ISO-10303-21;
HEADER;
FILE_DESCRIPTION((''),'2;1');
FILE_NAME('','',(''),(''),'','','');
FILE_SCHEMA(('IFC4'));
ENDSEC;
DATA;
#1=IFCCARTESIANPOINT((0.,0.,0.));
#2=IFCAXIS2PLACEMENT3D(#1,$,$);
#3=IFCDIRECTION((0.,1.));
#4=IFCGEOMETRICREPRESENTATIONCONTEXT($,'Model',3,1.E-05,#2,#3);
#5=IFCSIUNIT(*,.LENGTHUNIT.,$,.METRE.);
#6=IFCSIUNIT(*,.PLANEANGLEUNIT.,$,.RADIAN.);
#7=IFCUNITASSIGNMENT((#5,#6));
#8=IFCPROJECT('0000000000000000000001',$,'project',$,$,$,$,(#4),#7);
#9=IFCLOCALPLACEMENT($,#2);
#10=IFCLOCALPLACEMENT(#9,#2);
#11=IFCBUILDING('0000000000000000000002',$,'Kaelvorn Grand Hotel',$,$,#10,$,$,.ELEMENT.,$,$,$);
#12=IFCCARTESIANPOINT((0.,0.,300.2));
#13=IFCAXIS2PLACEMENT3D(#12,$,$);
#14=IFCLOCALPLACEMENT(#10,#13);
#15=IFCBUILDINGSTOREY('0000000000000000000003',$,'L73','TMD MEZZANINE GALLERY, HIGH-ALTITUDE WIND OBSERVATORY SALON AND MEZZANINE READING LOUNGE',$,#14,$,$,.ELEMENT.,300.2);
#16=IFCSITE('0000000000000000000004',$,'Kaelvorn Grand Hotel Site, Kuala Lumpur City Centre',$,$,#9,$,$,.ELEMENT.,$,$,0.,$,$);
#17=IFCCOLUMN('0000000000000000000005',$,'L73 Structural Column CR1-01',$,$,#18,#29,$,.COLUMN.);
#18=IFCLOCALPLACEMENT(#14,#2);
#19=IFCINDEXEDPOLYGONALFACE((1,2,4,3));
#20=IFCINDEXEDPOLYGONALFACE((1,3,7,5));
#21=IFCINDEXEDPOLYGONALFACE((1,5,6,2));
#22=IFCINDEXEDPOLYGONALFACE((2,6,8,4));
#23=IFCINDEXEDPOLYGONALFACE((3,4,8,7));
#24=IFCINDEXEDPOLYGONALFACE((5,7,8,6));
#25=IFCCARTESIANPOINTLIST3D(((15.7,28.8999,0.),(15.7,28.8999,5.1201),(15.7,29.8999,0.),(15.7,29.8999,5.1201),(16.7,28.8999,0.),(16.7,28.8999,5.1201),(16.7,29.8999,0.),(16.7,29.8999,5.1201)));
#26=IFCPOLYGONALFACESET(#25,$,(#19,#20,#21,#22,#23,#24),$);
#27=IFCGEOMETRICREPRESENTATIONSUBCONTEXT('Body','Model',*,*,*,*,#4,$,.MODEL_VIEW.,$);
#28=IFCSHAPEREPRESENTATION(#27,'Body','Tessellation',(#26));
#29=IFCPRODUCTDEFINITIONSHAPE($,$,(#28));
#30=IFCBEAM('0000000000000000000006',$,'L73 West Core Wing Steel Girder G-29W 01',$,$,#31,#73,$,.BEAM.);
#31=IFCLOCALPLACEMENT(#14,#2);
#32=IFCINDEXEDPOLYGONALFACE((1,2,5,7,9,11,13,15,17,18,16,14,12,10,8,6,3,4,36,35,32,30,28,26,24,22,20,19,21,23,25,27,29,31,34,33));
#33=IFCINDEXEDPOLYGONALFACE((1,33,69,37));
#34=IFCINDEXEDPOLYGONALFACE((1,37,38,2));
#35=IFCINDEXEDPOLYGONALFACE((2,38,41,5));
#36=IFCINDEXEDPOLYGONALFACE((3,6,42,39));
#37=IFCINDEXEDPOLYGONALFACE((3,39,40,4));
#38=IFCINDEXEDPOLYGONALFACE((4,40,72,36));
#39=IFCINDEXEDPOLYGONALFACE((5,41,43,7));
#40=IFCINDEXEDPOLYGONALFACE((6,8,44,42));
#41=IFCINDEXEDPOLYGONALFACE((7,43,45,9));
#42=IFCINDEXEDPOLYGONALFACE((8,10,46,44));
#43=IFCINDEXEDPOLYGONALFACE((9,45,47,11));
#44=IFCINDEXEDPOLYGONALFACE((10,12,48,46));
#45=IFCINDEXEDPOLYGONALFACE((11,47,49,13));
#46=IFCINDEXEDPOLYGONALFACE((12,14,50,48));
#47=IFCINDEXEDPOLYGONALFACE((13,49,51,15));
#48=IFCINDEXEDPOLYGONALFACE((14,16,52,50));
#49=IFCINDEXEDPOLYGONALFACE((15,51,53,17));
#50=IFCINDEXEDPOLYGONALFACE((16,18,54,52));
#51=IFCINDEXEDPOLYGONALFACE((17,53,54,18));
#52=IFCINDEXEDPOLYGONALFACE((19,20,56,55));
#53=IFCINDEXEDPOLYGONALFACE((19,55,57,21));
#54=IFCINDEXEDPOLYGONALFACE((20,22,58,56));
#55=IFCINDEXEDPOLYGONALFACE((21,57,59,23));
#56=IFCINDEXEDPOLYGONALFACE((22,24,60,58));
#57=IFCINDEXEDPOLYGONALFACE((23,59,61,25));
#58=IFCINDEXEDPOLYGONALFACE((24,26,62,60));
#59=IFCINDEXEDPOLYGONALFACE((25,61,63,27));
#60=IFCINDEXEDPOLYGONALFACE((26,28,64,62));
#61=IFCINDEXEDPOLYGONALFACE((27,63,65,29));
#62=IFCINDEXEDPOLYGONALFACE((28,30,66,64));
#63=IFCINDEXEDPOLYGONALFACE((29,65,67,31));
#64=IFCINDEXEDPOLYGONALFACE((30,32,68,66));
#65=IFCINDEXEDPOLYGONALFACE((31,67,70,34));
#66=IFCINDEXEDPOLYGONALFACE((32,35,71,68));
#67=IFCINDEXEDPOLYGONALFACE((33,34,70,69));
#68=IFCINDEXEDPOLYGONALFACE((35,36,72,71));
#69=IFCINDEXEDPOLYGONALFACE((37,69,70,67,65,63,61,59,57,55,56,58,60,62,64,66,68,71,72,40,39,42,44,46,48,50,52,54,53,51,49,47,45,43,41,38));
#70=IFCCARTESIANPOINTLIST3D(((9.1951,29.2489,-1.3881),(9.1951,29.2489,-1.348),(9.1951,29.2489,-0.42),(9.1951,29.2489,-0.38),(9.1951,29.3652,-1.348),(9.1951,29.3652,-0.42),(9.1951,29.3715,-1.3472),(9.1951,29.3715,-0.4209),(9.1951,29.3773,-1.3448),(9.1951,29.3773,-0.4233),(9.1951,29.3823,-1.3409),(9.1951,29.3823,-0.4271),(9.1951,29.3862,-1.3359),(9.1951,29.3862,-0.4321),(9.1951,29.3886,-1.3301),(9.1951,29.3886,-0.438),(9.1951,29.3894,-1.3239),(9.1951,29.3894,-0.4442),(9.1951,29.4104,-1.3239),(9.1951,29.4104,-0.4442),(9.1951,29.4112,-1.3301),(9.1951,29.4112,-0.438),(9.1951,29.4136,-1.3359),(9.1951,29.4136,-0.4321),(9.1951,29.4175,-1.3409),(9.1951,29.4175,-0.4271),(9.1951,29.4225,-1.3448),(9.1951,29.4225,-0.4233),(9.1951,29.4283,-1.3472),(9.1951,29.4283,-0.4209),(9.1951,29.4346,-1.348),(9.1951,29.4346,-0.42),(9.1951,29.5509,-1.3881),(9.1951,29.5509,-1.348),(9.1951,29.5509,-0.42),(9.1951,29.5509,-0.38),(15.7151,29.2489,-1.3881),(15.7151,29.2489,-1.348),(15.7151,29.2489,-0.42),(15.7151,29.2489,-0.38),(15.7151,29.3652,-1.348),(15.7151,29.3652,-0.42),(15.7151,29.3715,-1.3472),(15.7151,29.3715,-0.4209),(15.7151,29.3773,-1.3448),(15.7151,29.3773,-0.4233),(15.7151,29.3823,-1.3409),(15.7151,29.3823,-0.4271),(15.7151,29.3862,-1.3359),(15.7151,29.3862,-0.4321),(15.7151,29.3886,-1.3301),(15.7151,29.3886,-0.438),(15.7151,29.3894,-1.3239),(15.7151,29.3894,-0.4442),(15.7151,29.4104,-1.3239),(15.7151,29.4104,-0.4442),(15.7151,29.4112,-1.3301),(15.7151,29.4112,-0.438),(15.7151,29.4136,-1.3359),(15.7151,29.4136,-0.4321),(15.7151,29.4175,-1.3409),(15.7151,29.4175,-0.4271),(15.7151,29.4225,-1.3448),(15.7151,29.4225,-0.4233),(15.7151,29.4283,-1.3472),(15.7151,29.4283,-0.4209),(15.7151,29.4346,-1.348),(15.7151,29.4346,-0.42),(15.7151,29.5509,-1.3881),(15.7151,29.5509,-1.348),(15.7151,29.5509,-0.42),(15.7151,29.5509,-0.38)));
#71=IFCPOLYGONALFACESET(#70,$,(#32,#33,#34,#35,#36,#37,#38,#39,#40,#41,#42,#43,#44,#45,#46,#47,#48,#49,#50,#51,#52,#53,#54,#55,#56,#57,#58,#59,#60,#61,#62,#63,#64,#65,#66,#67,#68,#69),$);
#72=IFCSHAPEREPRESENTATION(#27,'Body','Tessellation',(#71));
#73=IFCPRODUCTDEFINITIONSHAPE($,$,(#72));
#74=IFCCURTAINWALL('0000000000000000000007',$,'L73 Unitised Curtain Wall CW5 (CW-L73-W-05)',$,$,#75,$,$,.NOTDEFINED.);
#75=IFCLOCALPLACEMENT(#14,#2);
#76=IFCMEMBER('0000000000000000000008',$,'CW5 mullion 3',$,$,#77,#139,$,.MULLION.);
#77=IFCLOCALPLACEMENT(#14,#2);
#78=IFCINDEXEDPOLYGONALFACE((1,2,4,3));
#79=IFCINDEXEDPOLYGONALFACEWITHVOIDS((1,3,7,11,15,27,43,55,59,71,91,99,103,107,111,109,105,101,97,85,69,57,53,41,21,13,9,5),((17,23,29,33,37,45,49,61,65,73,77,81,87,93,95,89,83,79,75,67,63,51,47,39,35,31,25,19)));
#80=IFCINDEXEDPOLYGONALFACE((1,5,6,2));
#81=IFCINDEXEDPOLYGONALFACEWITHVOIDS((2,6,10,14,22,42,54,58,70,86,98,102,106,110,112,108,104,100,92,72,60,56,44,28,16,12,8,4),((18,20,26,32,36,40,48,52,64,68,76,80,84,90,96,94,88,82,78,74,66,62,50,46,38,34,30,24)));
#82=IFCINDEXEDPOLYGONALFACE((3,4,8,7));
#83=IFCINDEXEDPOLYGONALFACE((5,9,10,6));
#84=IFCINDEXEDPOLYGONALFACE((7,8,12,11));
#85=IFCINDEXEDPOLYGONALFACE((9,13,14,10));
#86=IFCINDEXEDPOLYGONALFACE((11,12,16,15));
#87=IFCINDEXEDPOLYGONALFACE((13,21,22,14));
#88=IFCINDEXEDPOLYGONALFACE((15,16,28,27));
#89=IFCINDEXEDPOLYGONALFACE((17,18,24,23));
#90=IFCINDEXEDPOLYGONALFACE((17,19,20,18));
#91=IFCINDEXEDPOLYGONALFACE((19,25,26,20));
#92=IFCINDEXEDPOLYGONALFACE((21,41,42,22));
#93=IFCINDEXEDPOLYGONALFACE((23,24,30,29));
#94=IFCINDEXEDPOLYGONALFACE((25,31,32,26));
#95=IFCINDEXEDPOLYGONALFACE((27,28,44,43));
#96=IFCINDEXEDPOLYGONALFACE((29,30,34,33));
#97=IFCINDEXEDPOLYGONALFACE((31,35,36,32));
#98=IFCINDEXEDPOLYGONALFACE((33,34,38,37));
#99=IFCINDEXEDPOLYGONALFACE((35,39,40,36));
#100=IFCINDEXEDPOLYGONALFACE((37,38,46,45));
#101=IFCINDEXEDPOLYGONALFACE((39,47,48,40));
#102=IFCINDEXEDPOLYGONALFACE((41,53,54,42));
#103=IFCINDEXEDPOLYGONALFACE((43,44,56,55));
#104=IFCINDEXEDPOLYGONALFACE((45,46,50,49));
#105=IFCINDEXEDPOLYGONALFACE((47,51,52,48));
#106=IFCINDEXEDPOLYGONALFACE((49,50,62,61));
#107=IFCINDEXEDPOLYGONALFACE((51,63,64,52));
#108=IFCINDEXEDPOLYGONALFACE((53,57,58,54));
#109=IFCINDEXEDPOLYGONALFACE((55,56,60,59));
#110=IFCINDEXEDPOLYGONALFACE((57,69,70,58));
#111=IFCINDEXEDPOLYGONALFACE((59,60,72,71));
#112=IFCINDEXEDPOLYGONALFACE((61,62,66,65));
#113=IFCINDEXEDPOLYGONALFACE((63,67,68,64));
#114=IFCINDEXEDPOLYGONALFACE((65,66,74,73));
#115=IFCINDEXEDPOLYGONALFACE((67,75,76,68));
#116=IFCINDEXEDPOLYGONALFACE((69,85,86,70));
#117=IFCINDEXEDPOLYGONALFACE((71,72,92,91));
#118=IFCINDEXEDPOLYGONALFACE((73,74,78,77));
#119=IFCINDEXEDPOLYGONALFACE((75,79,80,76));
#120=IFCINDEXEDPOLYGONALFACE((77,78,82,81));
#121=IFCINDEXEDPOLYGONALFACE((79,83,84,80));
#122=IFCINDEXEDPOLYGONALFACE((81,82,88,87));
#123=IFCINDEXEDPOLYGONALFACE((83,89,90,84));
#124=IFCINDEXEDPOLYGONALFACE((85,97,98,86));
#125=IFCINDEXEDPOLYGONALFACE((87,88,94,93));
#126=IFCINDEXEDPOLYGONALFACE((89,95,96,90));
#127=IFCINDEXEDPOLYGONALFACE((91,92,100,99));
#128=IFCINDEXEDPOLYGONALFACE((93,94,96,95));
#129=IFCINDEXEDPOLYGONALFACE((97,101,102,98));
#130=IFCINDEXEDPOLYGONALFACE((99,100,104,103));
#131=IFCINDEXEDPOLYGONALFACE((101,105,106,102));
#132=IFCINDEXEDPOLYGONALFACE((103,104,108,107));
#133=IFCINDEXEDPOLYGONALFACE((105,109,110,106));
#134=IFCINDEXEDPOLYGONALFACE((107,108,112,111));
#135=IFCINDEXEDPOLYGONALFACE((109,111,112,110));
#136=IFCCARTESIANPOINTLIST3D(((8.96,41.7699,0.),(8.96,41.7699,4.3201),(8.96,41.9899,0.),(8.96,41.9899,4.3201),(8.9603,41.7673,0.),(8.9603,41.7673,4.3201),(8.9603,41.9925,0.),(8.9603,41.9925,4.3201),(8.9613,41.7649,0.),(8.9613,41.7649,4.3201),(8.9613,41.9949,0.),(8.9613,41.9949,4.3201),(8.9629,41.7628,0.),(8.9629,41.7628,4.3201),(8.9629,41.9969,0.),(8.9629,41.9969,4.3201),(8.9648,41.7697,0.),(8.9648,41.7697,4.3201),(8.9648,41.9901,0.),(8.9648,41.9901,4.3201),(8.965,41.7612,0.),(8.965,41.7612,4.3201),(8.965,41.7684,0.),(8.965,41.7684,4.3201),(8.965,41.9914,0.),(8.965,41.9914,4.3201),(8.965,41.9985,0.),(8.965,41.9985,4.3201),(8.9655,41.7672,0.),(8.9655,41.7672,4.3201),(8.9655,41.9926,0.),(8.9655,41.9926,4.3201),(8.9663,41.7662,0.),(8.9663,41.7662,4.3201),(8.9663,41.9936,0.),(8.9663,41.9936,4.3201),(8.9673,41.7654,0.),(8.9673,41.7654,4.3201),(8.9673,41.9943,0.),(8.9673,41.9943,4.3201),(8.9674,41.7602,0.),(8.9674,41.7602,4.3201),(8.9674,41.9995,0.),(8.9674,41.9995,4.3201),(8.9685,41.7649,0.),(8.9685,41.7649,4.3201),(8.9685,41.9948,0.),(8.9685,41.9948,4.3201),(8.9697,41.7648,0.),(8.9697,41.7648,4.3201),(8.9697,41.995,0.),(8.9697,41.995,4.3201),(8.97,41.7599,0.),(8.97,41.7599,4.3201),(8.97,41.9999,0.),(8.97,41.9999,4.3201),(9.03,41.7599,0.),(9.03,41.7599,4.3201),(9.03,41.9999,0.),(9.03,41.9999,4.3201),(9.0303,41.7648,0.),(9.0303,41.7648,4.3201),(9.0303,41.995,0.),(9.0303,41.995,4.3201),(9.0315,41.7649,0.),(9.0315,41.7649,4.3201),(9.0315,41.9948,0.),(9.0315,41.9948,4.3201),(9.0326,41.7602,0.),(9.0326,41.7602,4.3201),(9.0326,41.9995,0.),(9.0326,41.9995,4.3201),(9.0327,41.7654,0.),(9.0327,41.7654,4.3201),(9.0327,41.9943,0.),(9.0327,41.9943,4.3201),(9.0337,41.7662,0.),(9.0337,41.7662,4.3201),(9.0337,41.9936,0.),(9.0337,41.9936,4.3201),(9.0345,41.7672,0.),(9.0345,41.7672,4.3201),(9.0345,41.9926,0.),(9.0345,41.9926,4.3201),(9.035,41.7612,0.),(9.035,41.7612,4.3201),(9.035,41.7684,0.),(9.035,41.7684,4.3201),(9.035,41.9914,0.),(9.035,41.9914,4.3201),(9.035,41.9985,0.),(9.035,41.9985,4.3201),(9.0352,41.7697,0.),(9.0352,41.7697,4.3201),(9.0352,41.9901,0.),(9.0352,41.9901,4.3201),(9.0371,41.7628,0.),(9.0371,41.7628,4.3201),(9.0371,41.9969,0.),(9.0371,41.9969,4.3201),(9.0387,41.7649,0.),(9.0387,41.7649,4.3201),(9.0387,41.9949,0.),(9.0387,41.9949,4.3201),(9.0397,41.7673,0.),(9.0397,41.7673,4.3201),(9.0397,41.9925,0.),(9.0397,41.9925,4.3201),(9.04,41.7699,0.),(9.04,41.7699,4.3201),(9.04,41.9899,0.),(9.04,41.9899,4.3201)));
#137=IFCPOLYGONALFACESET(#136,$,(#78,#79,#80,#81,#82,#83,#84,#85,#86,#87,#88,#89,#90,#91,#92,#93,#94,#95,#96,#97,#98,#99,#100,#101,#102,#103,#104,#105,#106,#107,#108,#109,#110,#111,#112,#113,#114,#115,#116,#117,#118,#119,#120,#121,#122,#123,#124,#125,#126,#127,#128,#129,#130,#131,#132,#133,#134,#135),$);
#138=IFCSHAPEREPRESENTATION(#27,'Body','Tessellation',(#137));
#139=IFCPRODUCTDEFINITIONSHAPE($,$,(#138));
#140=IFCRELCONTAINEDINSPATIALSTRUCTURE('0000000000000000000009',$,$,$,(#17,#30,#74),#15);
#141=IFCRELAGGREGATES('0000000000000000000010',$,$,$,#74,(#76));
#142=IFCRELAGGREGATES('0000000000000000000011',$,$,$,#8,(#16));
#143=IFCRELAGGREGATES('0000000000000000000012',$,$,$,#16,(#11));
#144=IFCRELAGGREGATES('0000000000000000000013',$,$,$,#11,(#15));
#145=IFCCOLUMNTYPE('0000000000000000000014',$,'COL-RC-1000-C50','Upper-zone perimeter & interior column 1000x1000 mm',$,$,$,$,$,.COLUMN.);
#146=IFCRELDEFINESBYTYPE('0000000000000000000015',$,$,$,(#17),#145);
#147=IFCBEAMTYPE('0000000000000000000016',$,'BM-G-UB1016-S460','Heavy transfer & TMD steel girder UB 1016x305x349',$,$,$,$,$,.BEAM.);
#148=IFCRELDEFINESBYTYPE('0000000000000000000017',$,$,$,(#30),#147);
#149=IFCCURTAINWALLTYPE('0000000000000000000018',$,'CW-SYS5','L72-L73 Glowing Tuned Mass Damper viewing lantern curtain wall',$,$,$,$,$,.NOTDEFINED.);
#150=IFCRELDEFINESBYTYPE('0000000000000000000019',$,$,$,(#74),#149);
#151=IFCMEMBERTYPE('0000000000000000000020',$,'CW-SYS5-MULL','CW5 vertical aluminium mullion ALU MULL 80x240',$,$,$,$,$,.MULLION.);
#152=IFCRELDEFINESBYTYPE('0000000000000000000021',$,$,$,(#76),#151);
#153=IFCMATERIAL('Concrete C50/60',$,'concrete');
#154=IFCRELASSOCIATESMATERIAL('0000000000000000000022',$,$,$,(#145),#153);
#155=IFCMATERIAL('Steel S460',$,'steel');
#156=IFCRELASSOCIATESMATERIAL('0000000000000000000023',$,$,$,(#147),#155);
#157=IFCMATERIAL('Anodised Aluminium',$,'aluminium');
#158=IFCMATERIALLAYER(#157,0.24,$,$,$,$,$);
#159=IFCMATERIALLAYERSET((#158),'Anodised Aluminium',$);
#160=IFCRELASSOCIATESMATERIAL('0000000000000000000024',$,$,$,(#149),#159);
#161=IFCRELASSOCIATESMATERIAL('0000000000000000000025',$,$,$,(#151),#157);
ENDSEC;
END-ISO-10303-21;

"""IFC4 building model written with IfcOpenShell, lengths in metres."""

from ifc_helpers import new_model, si_unit, direction, frame, origin, origin_2d, place, context, subcontext, project, spatial, rectangle, hollow_rectangle, i_section, extrude, material, layer, layer_set, material_profile, profile_set, type_object, element, aggregate, save


model = new_model("IFC4")

# Units and contexts
model_context = context("Model", 3, precision=1e-05, world=origin(), true_north=direction((0.0, 1.0)))
body_context = subcontext(model_context, "Body", "Model", "MODEL_VIEW")
ifc_project = project(units=[si_unit("LENGTHUNIT", "METRE"), si_unit("PLANEANGLEUNIT", "RADIAN")], contexts=[model_context])

# Site, building, storey
site_placement = place(None, origin())
site = spatial("IfcSite", under=ifc_project, at=site_placement, Name="Kaelvorn Grand Hotel Site, Kuala Lumpur City Centre", CompositionType="ELEMENT", RefElevation=0.0)
building_placement = place(site_placement, origin())
building = spatial("IfcBuilding", under=site, at=building_placement, Name="Kaelvorn Grand Hotel", CompositionType="ELEMENT")
storey_placement = place(building_placement, frame((0.0, 0.0, 300.2)))
storey = spatial("IfcBuildingStorey", under=building, at=storey_placement, Name="L73", Description="TMD MEZZANINE GALLERY, HIGH-ALTITUDE WIND OBSERVATORY SALON AND MEZZANINE READING LOUNGE", CompositionType="ELEMENT", Elevation=300.2)

# Column
ifc_material_1 = material(Name="Concrete C50/60", Category="concrete")
ifc_material_profile_1 = material_profile(ifc_material_1, rectangle(XDim=1.0, YDim=1.0, at=origin_2d()), Name="RC COL 1000x1000")
ifc_profile_set_1 = profile_set([ifc_material_profile_1], Name="Concrete C50/60")
column_type = type_object("IfcColumnType", Name="COL-RC-1000-C50", Description="Upper-zone perimeter & interior column 1000x1000 mm", PredefinedType="COLUMN", material=ifc_profile_set_1)
column_placement = place(storey_placement, frame((16.2, 29.3999, 0.0), z_axis=(0.0, 0.0, 1.0), x_axis=(1.0, 0.0, 0.0)))
element("IfcColumn", 1, at=column_placement, inside=storey, type_object=column_type, Name="L73 Structural Column CR1-01", PredefinedType="COLUMN", context=body_context, shape_type="SweptSolid", body=[
    extrude(rectangle(XDim=1.0, YDim=1.0, at=origin_2d()), origin(), (0.0, 0.0, 1.0), 5.1201),
])

# Beam
ifc_material_2 = material(Name="Steel S460", Category="steel")
ifc_material_profile_2 = material_profile(ifc_material_2, i_section(OverallWidth=0.302, OverallDepth=1.0081, WebThickness=0.021, FlangeThickness=0.04, FilletRadius=0.0242, at=origin_2d()), Name="UB 1016x305x349")
ifc_profile_set_2 = profile_set([ifc_material_profile_2], Name="Steel S460")
beam_type = type_object("IfcBeamType", Name="BM-G-UB1016-S460", Description="Heavy transfer & TMD steel girder UB 1016x305x349", PredefinedType="BEAM", material=ifc_profile_set_2)
beam_placement = place(storey_placement, frame((9.1951, 29.3999, -0.884), z_axis=(1.0, 0.0, 0.0), x_axis=(0.0, 1.0, 0.0)))
element("IfcBeam", 2, at=beam_placement, inside=storey, type_object=beam_type, Name="L73 West Core Wing Steel Girder G-29W 01", PredefinedType="BEAM", context=body_context, shape_type="SweptSolid", body=[
    extrude(i_section(OverallWidth=0.302, OverallDepth=1.0081, WebThickness=0.021, FlangeThickness=0.04, FilletRadius=0.0242, at=origin_2d()), origin(), (0.0, 0.0, 1.0), 6.52),
])

# Curtain wall, member
ifc_material_3 = material(Name="Anodised Aluminium", Category="aluminium")
ifc_layer_1 = layer(ifc_material_3, 0.24)
ifc_layer_set_1 = layer_set([ifc_layer_1], Name="Anodised Aluminium")
curtain_wall_type = type_object("IfcCurtainWallType", Name="CW-SYS5", Description="L72-L73 Glowing Tuned Mass Damper viewing lantern curtain wall", PredefinedType="NOTDEFINED", material=ifc_layer_set_1)
curtain_wall_placement = place(storey_placement, origin())
curtain_wall = element("IfcCurtainWall", 3, at=curtain_wall_placement, inside=storey, type_object=curtain_wall_type, Name="L73 Unitised Curtain Wall CW5 (CW-L73-W-05)", PredefinedType="NOTDEFINED")
ifc_material_profile_3 = material_profile(ifc_material_3, hollow_rectangle(XDim=0.0801, YDim=0.24, WallThickness=0.0049, InnerFilletRadius=0.0049, OuterFilletRadius=0.01, at=origin_2d()), Name="ALU MULL 80x240")
ifc_profile_set_3 = profile_set([ifc_material_profile_3], Name="Anodised Aluminium")
member_type_1 = type_object("IfcMemberType", Name="CW-SYS5-MULL", Description="CW5 vertical aluminium mullion ALU MULL 80x240", PredefinedType="MULLION", material=ifc_profile_set_3)
member_1_placement = place(storey_placement, frame((9.0, 41.8799, 0.0), z_axis=(0.0, 0.0, 1.0), x_axis=(1.0, 0.0, 0.0)))
member_1 = element("IfcMember", 4, at=member_1_placement, type_object=member_type_1, Name="CW5 mullion 3", PredefinedType="MULLION", context=body_context, shape_type="SweptSolid", body=[
    extrude(hollow_rectangle(XDim=0.0801, YDim=0.24, WallThickness=0.0049, InnerFilletRadius=0.0049, OuterFilletRadius=0.01, at=origin_2d()), origin(), (0.0, 0.0, 1.0), 4.3201),
])
aggregate(curtain_wall, [member_1])

save(model, "model.ifc")
